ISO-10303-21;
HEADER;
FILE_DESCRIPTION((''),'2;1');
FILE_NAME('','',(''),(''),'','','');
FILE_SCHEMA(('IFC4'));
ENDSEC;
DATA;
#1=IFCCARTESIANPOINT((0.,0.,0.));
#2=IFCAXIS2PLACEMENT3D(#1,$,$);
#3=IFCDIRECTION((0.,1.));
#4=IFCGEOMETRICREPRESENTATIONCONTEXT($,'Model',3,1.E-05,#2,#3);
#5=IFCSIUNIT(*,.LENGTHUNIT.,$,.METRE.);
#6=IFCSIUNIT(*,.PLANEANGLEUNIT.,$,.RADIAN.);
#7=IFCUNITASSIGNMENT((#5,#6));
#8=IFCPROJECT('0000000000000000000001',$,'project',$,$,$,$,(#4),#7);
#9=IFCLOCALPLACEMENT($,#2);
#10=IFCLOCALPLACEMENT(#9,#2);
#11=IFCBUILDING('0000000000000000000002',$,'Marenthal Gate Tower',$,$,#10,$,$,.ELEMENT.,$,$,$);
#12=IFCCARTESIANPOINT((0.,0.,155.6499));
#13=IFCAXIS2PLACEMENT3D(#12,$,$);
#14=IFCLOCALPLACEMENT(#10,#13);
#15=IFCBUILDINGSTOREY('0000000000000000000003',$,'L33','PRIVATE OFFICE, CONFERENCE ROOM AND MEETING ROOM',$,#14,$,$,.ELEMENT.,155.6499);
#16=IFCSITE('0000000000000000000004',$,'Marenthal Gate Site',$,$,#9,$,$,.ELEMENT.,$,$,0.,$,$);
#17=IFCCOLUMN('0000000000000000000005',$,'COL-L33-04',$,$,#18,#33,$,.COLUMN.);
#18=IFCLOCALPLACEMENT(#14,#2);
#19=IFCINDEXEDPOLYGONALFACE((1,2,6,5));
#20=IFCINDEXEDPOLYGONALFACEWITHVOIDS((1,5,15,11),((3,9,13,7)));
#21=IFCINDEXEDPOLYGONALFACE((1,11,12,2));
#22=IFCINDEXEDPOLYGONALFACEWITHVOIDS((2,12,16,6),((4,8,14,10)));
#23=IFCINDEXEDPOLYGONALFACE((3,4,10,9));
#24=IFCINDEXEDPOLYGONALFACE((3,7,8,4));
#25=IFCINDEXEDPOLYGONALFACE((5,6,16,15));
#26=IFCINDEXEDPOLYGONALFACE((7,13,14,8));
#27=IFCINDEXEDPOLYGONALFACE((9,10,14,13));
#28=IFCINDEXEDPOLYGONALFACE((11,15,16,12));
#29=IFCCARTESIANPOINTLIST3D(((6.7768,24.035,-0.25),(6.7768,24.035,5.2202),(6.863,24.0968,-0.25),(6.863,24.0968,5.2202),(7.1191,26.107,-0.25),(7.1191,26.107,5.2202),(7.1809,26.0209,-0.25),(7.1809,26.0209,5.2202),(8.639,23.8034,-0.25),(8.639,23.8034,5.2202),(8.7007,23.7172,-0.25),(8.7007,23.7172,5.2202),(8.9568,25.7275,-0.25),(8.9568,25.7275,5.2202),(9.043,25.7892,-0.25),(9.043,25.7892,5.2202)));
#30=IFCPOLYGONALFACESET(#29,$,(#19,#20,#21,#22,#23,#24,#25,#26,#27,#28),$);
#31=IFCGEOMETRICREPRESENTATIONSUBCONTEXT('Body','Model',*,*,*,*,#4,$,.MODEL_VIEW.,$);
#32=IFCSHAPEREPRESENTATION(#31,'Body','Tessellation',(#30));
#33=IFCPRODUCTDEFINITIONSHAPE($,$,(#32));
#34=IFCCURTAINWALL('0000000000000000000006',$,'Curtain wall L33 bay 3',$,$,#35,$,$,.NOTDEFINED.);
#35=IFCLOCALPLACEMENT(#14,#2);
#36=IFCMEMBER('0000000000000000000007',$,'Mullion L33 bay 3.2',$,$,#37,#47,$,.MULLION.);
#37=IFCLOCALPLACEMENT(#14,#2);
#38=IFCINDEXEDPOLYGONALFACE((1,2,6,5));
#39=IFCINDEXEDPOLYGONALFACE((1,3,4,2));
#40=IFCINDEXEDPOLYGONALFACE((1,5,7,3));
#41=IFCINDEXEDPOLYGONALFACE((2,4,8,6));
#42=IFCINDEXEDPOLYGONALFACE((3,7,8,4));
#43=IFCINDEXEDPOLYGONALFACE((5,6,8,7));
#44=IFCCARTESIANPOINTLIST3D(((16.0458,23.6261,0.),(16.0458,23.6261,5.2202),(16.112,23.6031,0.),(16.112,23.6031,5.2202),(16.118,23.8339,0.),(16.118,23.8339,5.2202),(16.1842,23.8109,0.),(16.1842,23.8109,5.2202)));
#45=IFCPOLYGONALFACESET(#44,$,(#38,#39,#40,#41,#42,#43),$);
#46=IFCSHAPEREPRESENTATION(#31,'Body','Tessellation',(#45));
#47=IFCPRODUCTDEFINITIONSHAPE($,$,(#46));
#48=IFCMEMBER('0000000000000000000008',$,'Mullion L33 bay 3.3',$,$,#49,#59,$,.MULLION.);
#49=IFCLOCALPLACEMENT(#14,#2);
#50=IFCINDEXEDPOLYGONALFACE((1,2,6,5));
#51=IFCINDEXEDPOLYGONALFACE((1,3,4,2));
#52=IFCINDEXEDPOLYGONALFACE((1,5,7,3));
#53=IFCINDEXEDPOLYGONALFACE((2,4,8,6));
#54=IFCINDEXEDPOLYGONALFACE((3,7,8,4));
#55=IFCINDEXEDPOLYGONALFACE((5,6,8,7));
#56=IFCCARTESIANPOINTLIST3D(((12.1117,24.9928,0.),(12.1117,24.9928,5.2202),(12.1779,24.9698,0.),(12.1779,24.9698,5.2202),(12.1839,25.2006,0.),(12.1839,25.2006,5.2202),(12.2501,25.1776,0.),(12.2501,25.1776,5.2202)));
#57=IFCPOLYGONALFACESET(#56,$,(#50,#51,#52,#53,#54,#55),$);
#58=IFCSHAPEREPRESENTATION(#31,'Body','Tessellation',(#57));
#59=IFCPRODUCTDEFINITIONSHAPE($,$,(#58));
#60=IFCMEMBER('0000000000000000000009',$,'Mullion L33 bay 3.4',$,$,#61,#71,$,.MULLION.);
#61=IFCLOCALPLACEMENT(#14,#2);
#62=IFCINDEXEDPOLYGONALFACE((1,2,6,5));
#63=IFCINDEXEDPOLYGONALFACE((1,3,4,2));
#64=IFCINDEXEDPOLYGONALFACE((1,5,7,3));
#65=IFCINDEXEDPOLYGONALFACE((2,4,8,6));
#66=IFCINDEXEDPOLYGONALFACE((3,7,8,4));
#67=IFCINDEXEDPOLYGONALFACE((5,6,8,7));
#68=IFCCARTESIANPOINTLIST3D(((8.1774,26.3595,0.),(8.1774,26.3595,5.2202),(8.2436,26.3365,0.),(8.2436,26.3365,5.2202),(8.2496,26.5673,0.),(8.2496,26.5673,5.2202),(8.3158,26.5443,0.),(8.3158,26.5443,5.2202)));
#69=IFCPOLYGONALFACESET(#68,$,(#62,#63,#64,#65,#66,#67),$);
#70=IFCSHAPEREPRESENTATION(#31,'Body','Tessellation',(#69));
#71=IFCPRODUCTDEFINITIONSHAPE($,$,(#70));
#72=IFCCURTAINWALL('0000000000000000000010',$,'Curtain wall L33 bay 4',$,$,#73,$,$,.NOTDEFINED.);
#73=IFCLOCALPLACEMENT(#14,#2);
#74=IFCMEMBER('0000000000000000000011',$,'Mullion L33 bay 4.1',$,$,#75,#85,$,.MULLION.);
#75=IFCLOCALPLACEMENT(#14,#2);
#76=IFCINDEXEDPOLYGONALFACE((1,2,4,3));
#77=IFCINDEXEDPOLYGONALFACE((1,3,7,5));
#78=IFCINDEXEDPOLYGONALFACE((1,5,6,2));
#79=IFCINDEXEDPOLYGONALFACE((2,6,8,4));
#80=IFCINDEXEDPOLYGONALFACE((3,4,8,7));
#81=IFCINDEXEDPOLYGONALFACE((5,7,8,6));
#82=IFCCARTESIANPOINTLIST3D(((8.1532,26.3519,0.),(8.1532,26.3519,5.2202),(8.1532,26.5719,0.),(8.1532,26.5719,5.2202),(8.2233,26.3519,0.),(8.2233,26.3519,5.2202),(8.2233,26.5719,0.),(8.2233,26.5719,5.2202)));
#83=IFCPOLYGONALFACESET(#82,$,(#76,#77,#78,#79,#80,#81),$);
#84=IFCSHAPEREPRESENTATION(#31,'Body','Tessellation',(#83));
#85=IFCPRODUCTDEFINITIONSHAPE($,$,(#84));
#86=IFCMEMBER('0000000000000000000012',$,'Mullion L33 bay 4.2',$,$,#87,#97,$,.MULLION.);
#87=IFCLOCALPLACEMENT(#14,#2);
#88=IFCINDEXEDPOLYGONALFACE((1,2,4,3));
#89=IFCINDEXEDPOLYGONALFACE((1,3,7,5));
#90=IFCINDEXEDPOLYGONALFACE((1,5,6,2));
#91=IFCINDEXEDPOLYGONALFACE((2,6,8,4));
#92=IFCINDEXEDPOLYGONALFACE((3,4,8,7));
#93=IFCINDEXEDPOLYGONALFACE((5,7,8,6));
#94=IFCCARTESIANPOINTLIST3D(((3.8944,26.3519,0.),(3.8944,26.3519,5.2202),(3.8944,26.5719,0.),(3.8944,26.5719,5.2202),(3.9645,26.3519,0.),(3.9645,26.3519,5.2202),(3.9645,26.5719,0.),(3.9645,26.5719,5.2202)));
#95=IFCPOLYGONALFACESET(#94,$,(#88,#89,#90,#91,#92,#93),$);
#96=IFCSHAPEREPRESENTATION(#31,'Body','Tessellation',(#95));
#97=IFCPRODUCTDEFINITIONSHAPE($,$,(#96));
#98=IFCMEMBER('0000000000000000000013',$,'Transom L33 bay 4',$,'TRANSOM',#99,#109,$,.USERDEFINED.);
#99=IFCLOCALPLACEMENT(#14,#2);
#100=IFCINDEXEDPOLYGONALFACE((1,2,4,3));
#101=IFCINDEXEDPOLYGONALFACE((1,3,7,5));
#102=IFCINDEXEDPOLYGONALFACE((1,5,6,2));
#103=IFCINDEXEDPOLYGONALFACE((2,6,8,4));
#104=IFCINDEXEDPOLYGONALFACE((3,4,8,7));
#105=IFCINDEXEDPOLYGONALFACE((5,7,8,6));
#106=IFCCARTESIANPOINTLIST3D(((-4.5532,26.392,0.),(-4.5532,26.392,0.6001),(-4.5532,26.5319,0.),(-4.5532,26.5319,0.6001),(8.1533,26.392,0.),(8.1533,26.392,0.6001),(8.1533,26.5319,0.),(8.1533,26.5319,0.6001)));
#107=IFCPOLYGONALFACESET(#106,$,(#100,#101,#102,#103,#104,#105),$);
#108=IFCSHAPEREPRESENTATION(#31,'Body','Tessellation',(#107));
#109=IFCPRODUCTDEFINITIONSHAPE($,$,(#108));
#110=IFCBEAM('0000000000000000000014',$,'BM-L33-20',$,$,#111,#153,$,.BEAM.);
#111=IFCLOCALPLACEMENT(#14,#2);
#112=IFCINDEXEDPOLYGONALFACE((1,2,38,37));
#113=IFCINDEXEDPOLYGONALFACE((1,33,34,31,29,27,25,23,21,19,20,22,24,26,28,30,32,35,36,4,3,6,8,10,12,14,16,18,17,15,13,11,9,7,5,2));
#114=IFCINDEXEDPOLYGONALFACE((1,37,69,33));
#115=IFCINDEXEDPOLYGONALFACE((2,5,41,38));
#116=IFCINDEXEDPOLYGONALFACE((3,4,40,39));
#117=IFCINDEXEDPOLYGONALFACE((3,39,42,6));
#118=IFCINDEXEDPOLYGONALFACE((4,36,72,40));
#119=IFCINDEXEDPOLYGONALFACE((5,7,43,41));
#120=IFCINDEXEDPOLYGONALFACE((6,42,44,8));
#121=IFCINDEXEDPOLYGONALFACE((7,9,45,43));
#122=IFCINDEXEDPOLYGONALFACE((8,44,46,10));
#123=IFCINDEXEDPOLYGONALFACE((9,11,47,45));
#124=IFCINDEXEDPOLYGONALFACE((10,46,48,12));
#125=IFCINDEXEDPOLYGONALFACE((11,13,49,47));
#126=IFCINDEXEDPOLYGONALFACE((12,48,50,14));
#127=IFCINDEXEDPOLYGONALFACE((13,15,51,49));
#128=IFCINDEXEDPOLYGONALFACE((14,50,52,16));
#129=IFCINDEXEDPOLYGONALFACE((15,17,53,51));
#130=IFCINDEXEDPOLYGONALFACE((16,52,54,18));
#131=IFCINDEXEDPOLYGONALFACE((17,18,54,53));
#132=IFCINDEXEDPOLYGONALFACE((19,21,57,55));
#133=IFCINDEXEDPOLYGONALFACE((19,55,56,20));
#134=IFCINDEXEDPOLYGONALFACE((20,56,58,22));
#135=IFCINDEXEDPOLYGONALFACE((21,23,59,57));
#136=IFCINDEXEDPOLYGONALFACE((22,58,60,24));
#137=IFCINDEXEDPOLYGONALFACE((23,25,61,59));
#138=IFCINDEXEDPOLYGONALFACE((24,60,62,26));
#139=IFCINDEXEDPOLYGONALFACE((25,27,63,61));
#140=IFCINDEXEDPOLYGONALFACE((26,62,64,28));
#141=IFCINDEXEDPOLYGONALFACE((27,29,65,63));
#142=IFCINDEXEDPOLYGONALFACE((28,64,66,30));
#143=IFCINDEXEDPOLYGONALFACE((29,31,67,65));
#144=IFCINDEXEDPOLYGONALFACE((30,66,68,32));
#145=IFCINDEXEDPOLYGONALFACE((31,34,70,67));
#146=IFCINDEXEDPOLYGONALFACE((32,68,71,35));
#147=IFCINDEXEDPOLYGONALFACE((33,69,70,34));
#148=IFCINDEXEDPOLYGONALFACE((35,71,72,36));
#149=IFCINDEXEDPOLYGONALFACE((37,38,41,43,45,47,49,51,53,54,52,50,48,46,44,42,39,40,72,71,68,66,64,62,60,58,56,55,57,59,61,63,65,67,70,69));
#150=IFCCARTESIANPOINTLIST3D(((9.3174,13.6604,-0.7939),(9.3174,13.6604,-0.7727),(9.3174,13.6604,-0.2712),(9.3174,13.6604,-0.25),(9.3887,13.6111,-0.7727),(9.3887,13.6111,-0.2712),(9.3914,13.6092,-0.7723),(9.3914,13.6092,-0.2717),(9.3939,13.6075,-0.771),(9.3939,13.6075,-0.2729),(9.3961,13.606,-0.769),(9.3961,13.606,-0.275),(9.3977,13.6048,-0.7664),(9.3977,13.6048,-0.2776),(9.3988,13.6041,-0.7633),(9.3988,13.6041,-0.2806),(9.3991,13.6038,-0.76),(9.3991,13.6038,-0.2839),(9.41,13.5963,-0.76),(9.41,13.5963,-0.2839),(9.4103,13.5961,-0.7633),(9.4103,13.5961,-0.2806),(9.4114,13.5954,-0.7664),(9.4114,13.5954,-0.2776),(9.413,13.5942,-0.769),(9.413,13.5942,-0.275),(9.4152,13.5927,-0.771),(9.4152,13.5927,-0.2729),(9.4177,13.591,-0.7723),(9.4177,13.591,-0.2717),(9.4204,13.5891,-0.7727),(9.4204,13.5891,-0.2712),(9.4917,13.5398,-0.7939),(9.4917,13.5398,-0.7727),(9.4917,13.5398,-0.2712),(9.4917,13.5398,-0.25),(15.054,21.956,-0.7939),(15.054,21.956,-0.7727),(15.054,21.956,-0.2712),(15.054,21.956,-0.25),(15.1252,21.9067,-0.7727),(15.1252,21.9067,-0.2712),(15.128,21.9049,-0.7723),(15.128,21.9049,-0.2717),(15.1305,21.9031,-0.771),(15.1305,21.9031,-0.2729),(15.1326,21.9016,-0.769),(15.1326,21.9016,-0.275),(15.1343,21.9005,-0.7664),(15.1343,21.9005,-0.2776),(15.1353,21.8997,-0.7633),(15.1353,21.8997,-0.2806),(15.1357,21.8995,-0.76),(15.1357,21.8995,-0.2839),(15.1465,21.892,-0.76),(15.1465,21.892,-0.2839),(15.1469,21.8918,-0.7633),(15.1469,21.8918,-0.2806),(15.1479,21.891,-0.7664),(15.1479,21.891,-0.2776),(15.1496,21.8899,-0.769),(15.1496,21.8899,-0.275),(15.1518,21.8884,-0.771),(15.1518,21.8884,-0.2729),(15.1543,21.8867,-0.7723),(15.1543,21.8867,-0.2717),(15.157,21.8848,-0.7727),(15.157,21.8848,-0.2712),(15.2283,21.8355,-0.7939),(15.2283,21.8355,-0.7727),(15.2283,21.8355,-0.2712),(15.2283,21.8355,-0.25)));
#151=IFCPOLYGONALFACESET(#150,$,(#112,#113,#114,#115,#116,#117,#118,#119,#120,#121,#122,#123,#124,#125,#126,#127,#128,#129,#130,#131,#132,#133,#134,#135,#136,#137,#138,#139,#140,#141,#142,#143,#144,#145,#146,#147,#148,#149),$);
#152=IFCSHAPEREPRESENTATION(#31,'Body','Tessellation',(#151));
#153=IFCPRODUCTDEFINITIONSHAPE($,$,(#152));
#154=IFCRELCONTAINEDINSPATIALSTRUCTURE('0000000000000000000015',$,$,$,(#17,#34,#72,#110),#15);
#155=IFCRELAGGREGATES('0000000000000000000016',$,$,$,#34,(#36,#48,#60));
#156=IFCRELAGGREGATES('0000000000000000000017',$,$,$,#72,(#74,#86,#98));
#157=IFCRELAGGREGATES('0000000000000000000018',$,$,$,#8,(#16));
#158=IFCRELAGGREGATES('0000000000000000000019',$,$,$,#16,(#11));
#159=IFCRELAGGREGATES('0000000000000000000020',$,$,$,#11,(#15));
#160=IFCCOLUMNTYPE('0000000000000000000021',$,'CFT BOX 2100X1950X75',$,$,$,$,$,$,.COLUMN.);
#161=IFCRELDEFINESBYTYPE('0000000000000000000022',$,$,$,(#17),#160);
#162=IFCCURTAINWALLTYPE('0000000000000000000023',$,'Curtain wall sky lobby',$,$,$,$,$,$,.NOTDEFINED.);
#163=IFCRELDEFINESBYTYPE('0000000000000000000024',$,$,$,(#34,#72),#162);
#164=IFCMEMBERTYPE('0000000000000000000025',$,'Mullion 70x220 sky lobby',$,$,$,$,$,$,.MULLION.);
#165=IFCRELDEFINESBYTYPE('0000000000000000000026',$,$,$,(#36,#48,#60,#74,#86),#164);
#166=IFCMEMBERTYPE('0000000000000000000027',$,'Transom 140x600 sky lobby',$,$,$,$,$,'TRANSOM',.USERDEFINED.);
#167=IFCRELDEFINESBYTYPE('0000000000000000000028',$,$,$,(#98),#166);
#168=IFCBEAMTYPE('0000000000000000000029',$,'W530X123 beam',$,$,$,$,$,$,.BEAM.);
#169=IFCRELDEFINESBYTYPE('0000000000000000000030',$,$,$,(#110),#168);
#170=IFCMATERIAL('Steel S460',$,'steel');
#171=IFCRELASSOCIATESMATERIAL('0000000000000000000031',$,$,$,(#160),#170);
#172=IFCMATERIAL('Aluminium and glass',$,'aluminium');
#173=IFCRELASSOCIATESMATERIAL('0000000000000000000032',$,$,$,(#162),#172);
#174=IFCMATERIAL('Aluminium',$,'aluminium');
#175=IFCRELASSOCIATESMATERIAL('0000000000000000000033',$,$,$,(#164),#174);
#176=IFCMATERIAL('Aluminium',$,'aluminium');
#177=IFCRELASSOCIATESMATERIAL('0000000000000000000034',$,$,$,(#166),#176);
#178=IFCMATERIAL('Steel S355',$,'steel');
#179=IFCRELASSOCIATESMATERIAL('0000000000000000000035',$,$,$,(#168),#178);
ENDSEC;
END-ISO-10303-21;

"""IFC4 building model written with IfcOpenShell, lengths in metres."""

from ifc_helpers import new_model, si_unit, direction, frame, origin, origin_2d, place, context, subcontext, project, spatial, rectangle, hollow_rectangle, i_section, extrude, material, material_profile, profile_set, type_object, element, aggregate, save


model = new_model("IFC4")

# Units and contexts
model_context = context("Model", 3, precision=1e-05, world=origin(), true_north=direction((0.0, 1.0)))
body_context = subcontext(model_context, "Body", "Model", "MODEL_VIEW")
ifc_project = project(units=[si_unit("LENGTHUNIT", "METRE"), si_unit("PLANEANGLEUNIT", "RADIAN")], contexts=[model_context])

# Site, building, storey
site_placement = place(None, origin())
site = spatial("IfcSite", under=ifc_project, at=site_placement, Name="Marenthal Gate Site", CompositionType="ELEMENT", RefElevation=0.0)
building_placement = place(site_placement, origin())
building = spatial("IfcBuilding", under=site, at=building_placement, Name="Marenthal Gate Tower", CompositionType="ELEMENT")
storey_placement = place(building_placement, frame((0.0, 0.0, 155.6499)))
storey = spatial("IfcBuildingStorey", under=building, at=storey_placement, Name="L33", Description="PRIVATE OFFICE, CONFERENCE ROOM AND MEETING ROOM", CompositionType="ELEMENT", Elevation=155.6499)

# Column
ifc_material_1 = material(Name="Steel S460", Category="steel")
ifc_material_profile_1 = material_profile(ifc_material_1, hollow_rectangle(XDim=1.95, YDim=2.1001, WallThickness=0.075, at=origin_2d()), Name="CFT BOX 2100X1950X75")
ifc_material_2 = material(Name="Concrete 70 MPa", Category="concrete")
ifc_material_profile_2 = material_profile(ifc_material_2, rectangle(XDim=1.8, YDim=1.95, at=origin_2d()), Name="CFT BOX 2100X1950X75 INFILL")
ifc_profile_set_1 = profile_set([ifc_material_profile_1, ifc_material_profile_2], Name="Steel S460 shell, Concrete 70 MPa infill")
column_type = type_object("IfcColumnType", Name="CFT BOX 2100X1950X75", PredefinedType="COLUMN", material=ifc_profile_set_1)
column_placement = place(storey_placement, frame((7.9099, 24.9121, -0.25), z_axis=(0.0, 0.0, 1.0), x_axis=(0.986627, -0.162997, 0.0)))
element("IfcColumn", 1, at=column_placement, inside=storey, type_object=column_type, Name="COL-L33-04", PredefinedType="COLUMN", context=body_context, shape_type="SweptSolid", body=[
    extrude(hollow_rectangle(XDim=1.95, YDim=2.1001, WallThickness=0.075, at=origin_2d()), origin(), (0.0, 0.0, 1.0), 5.4702),
])

# Curtain walls, members
ifc_material_3 = material(Name="Aluminium and glass", Category="aluminium")
curtain_wall_type = type_object("IfcCurtainWallType", Name="Curtain wall sky lobby", PredefinedType="NOTDEFINED", material=ifc_material_3)
curtain_wall_1_placement = place(storey_placement, origin())
curtain_wall_1 = element("IfcCurtainWall", 2, at=curtain_wall_1_placement, inside=storey, type_object=curtain_wall_type, Name="Curtain wall L33 bay 3", PredefinedType="NOTDEFINED")
ifc_material_4 = material(Name="Aluminium", Category="aluminium")
ifc_material_profile_3 = material_profile(ifc_material_4, rectangle(XDim=0.22, YDim=0.0701, at=origin_2d()), Name="70x220 aluminium mullion")
ifc_profile_set_2 = profile_set([ifc_material_profile_3], Name="Aluminium")
member_type_1 = type_object("IfcMemberType", Name="Mullion 70x220 sky lobby", PredefinedType="MULLION", material=ifc_profile_set_2)
member_1_placement = place(storey_placement, frame((16.115, 23.7185, 0.0), z_axis=(0.0, 0.0, 1.0), x_axis=(-0.328158, -0.944623, 0.0)))
member_1 = element("IfcMember", 3, at=member_1_placement, type_object=member_type_1, Name="Mullion L33 bay 3.2", PredefinedType="MULLION", context=body_context, shape_type="SweptSolid", body=[
    extrude(rectangle(XDim=0.22, YDim=0.0701, at=origin_2d()), origin(), (0.0, 0.0, 1.0), 5.2202),
])
member_2_placement = place(storey_placement, frame((12.1809, 25.0852, 0.0), z_axis=(0.0, 0.0, 1.0), x_axis=(-0.328158, -0.944623, 0.0)))
member_2 = element("IfcMember", 4, at=member_2_placement, type_object=member_type_1, Name="Mullion L33 bay 3.3", PredefinedType="MULLION", context=body_context, shape_type="SweptSolid", body=[
    extrude(rectangle(XDim=0.22, YDim=0.0701, at=origin_2d()), origin(), (0.0, 0.0, 1.0), 5.2202),
])
member_3_placement = place(storey_placement, frame((8.2466, 26.4519, 0.0), z_axis=(0.0, 0.0, 1.0), x_axis=(-0.328158, -0.944623, 0.0)))
member_3 = element("IfcMember", 5, at=member_3_placement, type_object=member_type_1, Name="Mullion L33 bay 3.4", PredefinedType="MULLION", context=body_context, shape_type="SweptSolid", body=[
    extrude(rectangle(XDim=0.22, YDim=0.0701, at=origin_2d()), origin(), (0.0, 0.0, 1.0), 5.2202),
])
curtain_wall_2_placement = place(storey_placement, origin())
curtain_wall_2 = element("IfcCurtainWall", 6, at=curtain_wall_2_placement, inside=storey, type_object=curtain_wall_type, Name="Curtain wall L33 bay 4", PredefinedType="NOTDEFINED")
member_4_placement = place(storey_placement, frame((8.1882, 26.4619, 0.0), z_axis=(0.0, 0.0, 1.0), x_axis=(0.0, -1.0, 0.0)))
member_4 = element("IfcMember", 7, at=member_4_placement, type_object=member_type_1, Name="Mullion L33 bay 4.1", PredefinedType="MULLION", context=body_context, shape_type="SweptSolid", body=[
    extrude(rectangle(XDim=0.22, YDim=0.0701, at=origin_2d()), origin(), (0.0, 0.0, 1.0), 5.2202),
])
member_5_placement = place(storey_placement, frame((3.9294, 26.4619, 0.0), z_axis=(0.0, 0.0, 1.0), x_axis=(0.0, -1.0, 0.0)))
member_5 = element("IfcMember", 8, at=member_5_placement, type_object=member_type_1, Name="Mullion L33 bay 4.2", PredefinedType="MULLION", context=body_context, shape_type="SweptSolid", body=[
    extrude(rectangle(XDim=0.22, YDim=0.0701, at=origin_2d()), origin(), (0.0, 0.0, 1.0), 5.2202),
])
ifc_material_5 = material(Name="Aluminium", Category="aluminium")
ifc_material_profile_4 = material_profile(ifc_material_5, rectangle(XDim=0.1399, YDim=0.6001, at=origin_2d()), Name="140x600 aluminium transom")
ifc_profile_set_3 = profile_set([ifc_material_profile_4], Name="Aluminium")
member_type_2 = type_object("IfcMemberType", Name="Transom 140x600 sky lobby", ElementType="TRANSOM", PredefinedType="USERDEFINED", material=ifc_profile_set_3)
member_6_placement = place(storey_placement, frame((8.1533, 26.4619, 0.3), z_axis=(-1.0, 0.0, 0.0), x_axis=(0.0, -1.0, 0.0)))
member_6 = element("IfcMember", 9, at=member_6_placement, type_object=member_type_2, Name="Transom L33 bay 4", ObjectType="TRANSOM", PredefinedType="USERDEFINED", context=body_context, shape_type="SweptSolid", body=[
    extrude(rectangle(XDim=0.1399, YDim=0.6001, at=origin_2d()), origin(), (0.0, 0.0, 1.0), 12.7065),
])

# Beam
ifc_material_6 = material(Name="Steel S355", Category="steel")
ifc_material_profile_5 = material_profile(ifc_material_6, i_section(OverallWidth=0.2119, OverallDepth=0.5439, WebThickness=0.0132, FlangeThickness=0.0212, FilletRadius=0.0127, at=origin_2d()), Name="W530X123")
ifc_profile_set_4 = profile_set([ifc_material_profile_5], Name="Steel S355")
beam_type_1 = type_object("IfcBeamType", Name="W530X123 beam", PredefinedType="BEAM", material=ifc_profile_set_4)
beam_1_placement = place(storey_placement, frame((15.1411, 21.8958, -0.522), z_axis=(-0.568769, -0.822497, 0.0), x_axis=(0.822497, -0.568769, 0.0)))
element("IfcBeam", 10, at=beam_1_placement, inside=storey, type_object=beam_type_1, Name="BM-L33-20", PredefinedType="BEAM", context=body_context, shape_type="SweptSolid", body=[
    extrude(i_section(OverallWidth=0.2119, OverallDepth=0.5439, WebThickness=0.0132, FlangeThickness=0.0212, FilletRadius=0.0127, at=origin_2d()), origin(), (0.0, 0.0, 1.0), 10.0859),
])

aggregate(curtain_wall_1, [member_1, member_2, member_3])
aggregate(curtain_wall_2, [member_4, member_5, member_6])

save(model, "model.ifc")
